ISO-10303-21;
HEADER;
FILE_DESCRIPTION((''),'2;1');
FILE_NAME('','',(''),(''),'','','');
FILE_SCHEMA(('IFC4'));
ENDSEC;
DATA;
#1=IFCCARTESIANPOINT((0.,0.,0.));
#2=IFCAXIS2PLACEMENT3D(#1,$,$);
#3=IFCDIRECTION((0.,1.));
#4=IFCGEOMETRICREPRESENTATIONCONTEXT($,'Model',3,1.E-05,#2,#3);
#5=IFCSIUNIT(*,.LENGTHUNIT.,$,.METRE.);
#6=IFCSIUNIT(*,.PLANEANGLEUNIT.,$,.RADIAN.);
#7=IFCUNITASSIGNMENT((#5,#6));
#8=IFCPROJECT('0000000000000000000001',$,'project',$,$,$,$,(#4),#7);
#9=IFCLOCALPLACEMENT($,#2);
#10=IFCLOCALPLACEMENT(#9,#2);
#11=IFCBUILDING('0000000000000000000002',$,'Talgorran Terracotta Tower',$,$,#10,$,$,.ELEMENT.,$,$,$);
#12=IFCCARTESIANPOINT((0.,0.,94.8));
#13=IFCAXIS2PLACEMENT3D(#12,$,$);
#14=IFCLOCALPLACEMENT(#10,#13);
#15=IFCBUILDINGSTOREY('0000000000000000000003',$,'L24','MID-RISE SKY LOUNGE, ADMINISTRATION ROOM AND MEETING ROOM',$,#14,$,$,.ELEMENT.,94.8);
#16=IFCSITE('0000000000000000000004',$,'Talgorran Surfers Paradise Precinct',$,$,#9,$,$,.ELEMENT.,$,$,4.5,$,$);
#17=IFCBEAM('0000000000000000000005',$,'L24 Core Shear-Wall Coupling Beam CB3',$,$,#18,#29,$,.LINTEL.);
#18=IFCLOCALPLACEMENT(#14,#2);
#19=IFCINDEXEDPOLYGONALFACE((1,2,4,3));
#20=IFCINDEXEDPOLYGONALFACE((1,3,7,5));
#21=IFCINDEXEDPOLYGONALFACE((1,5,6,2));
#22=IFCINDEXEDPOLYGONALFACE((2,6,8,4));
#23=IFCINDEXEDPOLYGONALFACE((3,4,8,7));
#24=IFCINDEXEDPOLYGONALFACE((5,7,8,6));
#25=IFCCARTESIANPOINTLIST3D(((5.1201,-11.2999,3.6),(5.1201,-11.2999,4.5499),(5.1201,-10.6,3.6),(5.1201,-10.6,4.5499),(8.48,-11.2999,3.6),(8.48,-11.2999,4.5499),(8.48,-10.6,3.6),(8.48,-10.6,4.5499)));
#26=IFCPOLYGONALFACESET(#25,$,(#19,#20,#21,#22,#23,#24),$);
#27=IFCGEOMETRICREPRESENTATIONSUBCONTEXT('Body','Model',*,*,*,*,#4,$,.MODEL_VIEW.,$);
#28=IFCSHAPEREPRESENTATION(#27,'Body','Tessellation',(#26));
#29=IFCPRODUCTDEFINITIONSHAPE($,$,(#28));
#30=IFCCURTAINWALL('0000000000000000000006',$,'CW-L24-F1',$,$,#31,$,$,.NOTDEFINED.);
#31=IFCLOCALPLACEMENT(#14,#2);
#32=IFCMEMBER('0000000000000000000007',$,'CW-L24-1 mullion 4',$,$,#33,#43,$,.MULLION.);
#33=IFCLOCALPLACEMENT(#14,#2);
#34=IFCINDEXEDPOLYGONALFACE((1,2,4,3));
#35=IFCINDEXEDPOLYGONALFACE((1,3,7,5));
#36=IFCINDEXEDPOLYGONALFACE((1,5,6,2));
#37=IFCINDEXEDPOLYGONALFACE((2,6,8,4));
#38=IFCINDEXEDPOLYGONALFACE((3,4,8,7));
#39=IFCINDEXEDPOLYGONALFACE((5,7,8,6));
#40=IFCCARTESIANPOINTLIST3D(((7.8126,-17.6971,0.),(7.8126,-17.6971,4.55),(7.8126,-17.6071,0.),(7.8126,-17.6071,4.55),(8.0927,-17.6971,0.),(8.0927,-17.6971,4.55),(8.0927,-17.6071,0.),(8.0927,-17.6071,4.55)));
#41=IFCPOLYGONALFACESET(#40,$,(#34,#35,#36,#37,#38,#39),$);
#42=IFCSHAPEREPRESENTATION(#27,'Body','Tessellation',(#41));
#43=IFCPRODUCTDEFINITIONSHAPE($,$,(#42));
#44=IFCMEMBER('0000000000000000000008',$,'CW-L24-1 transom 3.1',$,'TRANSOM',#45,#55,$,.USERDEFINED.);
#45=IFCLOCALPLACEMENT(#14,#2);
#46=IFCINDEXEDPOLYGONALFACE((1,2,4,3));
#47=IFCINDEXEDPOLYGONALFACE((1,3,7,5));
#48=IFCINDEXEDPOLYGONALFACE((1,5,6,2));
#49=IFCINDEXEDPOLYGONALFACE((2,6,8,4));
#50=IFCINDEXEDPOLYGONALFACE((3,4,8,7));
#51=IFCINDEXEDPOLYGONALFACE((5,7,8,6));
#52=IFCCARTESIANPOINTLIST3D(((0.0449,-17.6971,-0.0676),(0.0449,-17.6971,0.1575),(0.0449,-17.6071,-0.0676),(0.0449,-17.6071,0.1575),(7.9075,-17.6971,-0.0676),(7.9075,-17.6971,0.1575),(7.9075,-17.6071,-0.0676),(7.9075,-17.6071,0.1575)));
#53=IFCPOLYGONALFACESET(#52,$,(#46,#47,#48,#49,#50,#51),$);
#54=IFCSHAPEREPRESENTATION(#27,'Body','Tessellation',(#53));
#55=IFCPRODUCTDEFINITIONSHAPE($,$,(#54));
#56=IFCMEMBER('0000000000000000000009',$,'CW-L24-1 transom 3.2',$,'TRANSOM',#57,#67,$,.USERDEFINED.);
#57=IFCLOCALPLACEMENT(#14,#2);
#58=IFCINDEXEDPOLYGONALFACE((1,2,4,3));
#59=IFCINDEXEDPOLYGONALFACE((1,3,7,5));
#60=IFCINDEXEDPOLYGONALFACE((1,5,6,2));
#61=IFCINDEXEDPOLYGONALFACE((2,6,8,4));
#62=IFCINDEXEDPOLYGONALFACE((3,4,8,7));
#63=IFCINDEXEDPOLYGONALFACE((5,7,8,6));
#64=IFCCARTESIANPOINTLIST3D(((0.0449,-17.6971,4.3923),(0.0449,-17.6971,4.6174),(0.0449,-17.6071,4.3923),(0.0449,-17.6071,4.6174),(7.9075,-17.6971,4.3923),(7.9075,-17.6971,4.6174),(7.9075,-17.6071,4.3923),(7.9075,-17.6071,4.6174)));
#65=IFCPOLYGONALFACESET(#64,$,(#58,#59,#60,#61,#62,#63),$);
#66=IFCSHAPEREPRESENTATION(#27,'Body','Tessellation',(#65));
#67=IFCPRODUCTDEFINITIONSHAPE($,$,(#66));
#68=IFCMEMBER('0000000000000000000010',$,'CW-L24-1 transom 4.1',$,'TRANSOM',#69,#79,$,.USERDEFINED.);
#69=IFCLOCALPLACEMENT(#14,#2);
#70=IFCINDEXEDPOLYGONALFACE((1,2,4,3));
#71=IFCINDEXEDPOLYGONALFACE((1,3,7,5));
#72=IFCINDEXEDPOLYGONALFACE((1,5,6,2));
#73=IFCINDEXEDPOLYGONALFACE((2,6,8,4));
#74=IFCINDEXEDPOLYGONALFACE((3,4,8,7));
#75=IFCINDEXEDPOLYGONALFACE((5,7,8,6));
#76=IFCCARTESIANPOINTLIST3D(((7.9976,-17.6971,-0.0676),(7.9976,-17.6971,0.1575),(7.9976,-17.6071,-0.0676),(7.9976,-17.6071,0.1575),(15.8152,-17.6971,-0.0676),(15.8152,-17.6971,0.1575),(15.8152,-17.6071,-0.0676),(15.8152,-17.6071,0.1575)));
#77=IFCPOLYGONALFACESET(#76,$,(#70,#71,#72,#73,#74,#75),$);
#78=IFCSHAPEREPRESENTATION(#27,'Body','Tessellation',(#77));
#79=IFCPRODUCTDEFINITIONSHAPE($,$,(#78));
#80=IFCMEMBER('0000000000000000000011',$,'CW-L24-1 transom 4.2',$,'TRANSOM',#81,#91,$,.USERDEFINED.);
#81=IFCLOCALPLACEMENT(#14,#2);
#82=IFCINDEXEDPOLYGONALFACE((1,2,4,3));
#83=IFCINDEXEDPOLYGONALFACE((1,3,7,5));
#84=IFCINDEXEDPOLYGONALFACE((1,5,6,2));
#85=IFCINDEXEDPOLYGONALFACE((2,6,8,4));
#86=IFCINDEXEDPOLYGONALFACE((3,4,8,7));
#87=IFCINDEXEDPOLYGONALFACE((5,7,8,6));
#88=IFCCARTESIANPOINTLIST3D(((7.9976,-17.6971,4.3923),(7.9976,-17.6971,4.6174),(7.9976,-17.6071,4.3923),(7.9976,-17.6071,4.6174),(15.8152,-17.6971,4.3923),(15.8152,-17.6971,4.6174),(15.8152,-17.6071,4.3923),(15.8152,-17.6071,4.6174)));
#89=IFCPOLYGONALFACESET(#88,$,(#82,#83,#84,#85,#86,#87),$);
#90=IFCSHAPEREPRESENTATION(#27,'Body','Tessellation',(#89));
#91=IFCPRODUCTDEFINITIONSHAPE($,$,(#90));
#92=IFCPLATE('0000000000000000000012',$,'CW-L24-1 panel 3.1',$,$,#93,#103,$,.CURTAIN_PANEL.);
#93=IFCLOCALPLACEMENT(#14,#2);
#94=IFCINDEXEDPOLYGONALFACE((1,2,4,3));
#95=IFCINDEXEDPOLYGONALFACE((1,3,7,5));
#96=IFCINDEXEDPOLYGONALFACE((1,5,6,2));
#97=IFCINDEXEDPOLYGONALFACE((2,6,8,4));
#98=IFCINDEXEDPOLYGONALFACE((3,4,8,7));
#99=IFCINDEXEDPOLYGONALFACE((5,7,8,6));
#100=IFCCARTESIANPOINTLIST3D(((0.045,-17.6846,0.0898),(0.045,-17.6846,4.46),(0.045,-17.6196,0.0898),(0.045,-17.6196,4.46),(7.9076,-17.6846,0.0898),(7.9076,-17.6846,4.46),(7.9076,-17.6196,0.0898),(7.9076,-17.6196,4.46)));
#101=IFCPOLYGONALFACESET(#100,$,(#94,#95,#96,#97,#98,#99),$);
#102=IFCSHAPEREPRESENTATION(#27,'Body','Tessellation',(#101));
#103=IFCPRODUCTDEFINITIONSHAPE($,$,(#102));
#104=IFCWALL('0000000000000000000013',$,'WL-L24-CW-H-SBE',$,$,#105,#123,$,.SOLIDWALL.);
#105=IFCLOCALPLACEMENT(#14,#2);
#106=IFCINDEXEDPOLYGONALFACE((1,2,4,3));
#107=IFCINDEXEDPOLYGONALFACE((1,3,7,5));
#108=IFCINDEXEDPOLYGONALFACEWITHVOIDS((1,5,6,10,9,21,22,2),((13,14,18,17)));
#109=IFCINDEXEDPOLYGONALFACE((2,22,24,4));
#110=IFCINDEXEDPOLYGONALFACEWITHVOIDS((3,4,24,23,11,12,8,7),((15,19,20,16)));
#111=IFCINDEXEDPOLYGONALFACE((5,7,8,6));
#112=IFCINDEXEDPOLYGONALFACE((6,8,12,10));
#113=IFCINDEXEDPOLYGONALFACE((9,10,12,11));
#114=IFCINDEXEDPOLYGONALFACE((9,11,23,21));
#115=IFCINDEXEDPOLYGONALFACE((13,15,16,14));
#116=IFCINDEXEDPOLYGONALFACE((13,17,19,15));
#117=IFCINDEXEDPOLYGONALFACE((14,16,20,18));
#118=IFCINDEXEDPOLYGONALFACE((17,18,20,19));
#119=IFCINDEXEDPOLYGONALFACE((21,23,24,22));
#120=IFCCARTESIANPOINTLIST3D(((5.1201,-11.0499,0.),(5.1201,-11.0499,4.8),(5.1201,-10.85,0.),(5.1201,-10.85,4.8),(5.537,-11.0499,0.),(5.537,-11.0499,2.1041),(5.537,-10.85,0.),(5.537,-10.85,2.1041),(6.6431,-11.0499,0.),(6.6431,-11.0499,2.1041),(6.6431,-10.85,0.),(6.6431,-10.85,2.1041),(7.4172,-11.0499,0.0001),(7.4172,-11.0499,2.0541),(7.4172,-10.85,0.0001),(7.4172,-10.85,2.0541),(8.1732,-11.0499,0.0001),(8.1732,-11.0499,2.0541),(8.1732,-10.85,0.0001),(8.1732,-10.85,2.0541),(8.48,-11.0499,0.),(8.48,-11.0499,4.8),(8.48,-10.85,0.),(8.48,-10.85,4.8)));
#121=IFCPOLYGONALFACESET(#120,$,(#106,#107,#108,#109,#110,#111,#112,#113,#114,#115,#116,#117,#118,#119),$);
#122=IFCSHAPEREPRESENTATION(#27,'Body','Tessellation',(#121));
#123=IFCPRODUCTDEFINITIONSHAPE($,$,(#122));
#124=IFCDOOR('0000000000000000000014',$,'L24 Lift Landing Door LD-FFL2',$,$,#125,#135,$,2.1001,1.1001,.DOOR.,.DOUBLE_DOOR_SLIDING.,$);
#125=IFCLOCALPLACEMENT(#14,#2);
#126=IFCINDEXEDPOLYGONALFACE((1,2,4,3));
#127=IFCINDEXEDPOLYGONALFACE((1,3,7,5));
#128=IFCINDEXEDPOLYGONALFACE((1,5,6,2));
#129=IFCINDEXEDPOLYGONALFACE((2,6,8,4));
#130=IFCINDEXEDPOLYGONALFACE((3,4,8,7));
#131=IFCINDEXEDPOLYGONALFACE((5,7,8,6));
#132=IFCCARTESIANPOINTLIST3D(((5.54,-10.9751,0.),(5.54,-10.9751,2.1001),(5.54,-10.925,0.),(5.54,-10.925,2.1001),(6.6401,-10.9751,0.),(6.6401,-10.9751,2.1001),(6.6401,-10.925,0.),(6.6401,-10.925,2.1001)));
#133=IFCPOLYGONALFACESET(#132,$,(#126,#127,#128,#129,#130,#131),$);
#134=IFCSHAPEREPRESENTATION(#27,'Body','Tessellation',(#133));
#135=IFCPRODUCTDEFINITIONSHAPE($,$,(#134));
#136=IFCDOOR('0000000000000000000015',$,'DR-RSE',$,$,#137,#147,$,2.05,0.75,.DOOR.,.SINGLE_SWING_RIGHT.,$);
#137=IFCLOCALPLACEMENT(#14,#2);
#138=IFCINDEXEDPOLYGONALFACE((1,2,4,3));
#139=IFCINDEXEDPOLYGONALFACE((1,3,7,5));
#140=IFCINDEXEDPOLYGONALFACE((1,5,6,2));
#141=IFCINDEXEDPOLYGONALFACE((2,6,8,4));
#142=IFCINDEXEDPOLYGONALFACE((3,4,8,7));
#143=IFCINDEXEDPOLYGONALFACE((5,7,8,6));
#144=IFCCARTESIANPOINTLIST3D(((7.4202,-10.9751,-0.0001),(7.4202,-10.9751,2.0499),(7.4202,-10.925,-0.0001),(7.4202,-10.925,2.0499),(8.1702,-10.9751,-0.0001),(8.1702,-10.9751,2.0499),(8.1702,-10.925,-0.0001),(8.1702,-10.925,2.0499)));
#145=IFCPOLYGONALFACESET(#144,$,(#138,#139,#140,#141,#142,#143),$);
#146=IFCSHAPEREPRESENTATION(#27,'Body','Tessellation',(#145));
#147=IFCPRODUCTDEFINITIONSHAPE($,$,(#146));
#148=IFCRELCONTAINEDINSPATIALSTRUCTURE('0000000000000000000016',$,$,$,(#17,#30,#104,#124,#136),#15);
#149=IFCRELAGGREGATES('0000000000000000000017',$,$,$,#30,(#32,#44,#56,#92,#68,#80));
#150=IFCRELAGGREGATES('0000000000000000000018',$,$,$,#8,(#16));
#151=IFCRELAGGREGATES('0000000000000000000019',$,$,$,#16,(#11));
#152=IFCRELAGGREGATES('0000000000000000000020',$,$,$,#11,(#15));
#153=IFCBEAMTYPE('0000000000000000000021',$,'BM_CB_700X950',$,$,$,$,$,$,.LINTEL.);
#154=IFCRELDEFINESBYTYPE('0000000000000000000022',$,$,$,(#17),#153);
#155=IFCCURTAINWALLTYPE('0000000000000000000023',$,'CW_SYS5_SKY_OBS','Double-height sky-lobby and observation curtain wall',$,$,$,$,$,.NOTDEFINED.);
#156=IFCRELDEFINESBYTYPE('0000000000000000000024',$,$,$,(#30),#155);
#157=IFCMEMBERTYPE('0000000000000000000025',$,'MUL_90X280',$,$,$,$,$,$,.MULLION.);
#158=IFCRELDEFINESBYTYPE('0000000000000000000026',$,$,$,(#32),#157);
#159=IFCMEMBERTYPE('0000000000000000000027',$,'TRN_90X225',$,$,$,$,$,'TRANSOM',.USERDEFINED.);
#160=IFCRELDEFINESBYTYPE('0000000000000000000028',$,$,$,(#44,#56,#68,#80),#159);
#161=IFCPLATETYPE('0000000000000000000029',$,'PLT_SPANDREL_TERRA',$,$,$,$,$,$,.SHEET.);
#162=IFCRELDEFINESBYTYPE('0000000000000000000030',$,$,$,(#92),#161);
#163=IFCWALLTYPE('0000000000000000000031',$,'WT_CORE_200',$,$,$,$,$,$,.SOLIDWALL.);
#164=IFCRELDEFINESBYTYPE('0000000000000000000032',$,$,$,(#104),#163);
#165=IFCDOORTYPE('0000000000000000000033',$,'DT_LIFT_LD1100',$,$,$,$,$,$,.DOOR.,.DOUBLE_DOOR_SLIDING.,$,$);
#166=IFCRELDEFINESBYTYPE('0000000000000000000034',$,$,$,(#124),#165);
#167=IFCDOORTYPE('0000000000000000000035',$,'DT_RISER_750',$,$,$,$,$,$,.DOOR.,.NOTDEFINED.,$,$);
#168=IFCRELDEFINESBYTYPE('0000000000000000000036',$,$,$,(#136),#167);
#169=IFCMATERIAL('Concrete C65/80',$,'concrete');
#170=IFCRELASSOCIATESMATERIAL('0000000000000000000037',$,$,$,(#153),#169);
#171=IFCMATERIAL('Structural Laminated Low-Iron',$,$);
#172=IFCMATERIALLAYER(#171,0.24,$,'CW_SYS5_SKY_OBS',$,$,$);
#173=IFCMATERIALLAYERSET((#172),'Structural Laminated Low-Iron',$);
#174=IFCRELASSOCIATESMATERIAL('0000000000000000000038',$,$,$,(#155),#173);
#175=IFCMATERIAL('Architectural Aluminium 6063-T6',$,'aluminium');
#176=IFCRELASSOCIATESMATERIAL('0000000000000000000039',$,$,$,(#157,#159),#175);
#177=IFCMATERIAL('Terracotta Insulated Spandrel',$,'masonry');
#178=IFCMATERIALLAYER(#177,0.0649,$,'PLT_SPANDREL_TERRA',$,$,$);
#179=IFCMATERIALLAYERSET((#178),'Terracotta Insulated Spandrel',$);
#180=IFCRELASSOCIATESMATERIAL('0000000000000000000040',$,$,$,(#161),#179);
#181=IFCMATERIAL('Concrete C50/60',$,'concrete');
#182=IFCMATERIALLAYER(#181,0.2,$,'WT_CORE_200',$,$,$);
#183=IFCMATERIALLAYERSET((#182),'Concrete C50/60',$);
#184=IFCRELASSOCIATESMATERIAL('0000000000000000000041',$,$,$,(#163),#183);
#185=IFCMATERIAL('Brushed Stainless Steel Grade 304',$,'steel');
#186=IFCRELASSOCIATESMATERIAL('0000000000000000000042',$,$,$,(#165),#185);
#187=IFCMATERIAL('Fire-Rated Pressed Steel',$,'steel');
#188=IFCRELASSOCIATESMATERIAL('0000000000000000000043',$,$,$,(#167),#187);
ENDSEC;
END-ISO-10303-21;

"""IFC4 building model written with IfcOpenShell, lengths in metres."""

from ifc_helpers import new_model, si_unit, direction, frame, frame_2d, origin, origin_2d, place, context, subcontext, project, spatial, rectangle, extrude, source, transform, mapped, material, layer, layer_set, material_profile, profile_set, type_object, type_shapes, element, fill, aggregate, save


model = new_model("IFC4")

# Units and contexts
model_context = context("Model", 3, precision=1e-05, world=origin(), true_north=direction((0.0, 1.0)))
body_context = subcontext(model_context, "Body", "Model", "MODEL_VIEW")
ifc_project = project(units=[si_unit("LENGTHUNIT", "METRE"), si_unit("PLANEANGLEUNIT", "RADIAN")], contexts=[model_context])

# Site, building, storey
site_placement = place(None, origin())
site = spatial("IfcSite", under=ifc_project, at=site_placement, Name="Talgorran Surfers Paradise Precinct", CompositionType="ELEMENT", RefElevation=4.5)
building_placement = place(site_placement, origin())
building = spatial("IfcBuilding", under=site, at=building_placement, Name="Talgorran Terracotta Tower", CompositionType="ELEMENT")
storey_placement = place(building_placement, frame((0.0, 0.0, 94.8)))
storey = spatial("IfcBuildingStorey", under=building, at=storey_placement, Name="L24", Description="MID-RISE SKY LOUNGE, ADMINISTRATION ROOM AND MEETING ROOM", CompositionType="ELEMENT", Elevation=94.8)

# Beam
ifc_material_1 = material(Name="Concrete C65/80", Category="concrete")
ifc_material_profile_1 = material_profile(ifc_material_1, rectangle(XDim=0.7, YDim=0.95, at=origin_2d()), Name="RCCB700X950")
ifc_profile_set_1 = profile_set([ifc_material_profile_1], Name="Concrete C65/80")
beam_type = type_object("IfcBeamType", Name="BM_CB_700X950", PredefinedType="LINTEL", material=ifc_profile_set_1)
beam_placement = place(storey_placement, frame((5.1201, -10.95, 4.075), z_axis=(1.0, 0.0, 0.0), x_axis=(0.0, 1.0, 0.0)))
element("IfcBeam", 1, at=beam_placement, inside=storey, type_object=beam_type, Name="L24 Core Shear-Wall Coupling Beam CB3", PredefinedType="LINTEL", context=body_context, shape_type="SweptSolid", body=[
    extrude(rectangle(XDim=0.7, YDim=0.95, at=origin_2d()), origin(), (0.0, 0.0, 1.0), 3.3599),
])

# Curtain wall, members, plate
ifc_material_2 = material(Name="Structural Laminated Low-Iron")
ifc_layer_1 = layer(ifc_material_2, 0.24, Name="CW_SYS5_SKY_OBS")
ifc_layer_set_1 = layer_set([ifc_layer_1], Name="Structural Laminated Low-Iron")
curtain_wall_type = type_object("IfcCurtainWallType", Name="CW_SYS5_SKY_OBS", Description="Double-height sky-lobby and observation curtain wall", PredefinedType="NOTDEFINED", material=ifc_layer_set_1)
curtain_wall_placement = place(storey_placement, origin())
curtain_wall = element("IfcCurtainWall", 2, at=curtain_wall_placement, inside=storey, type_object=curtain_wall_type, Name="CW-L24-F1", PredefinedType="NOTDEFINED")
ifc_material_3 = material(Name="Architectural Aluminium 6063-T6", Category="aluminium")
ifc_material_profile_2 = material_profile(ifc_material_3, rectangle(XDim=0.0901, YDim=0.28, at=origin_2d()), Name="CWM90X280")
ifc_profile_set_2 = profile_set([ifc_material_profile_2], Name="Architectural Aluminium 6063-T6")
member_type_1 = type_object("IfcMemberType", Name="MUL_90X280", PredefinedType="MULLION", material=ifc_profile_set_2)
member_1_placement = place(storey_placement, frame((7.9526, -17.6521, 0.0), z_axis=(0.0, 0.0, 1.0), x_axis=(0.0, 1.0, 0.0)))
member_1 = element("IfcMember", 3, at=member_1_placement, type_object=member_type_1, Name="CW-L24-1 mullion 4", PredefinedType="MULLION", context=body_context, shape_type="SweptSolid", body=[
    extrude(rectangle(XDim=0.0901, YDim=0.28, at=origin_2d()), origin(), (0.0, 0.0, 1.0), 4.55),
])
ifc_material_profile_3 = material_profile(ifc_material_3, rectangle(XDim=0.0901, YDim=0.2251, at=origin_2d()), Name="CWT90X225")
ifc_profile_set_3 = profile_set([ifc_material_profile_3], Name="Architectural Aluminium 6063-T6")
member_type_2 = type_object("IfcMemberType", Name="TRN_90X225", ElementType="TRANSOM", PredefinedType="USERDEFINED", material=ifc_profile_set_3)
member_2_placement = place(storey_placement, frame((0.0449, -17.6521, 0.0449), z_axis=(1.0, 0.0, 0.0), x_axis=(0.0, 1.0, 0.0)))
member_2 = element("IfcMember", 4, at=member_2_placement, type_object=member_type_2, Name="CW-L24-1 transom 3.1", ObjectType="TRANSOM", PredefinedType="USERDEFINED", context=body_context, shape_type="SweptSolid", body=[
    extrude(rectangle(XDim=0.0901, YDim=0.2251, at=origin_2d()), origin(), (0.0, 0.0, 1.0), 7.8625),
])
member_3_placement = place(storey_placement, frame((0.0449, -17.6521, 4.5049), z_axis=(1.0, 0.0, 0.0), x_axis=(0.0, 1.0, 0.0)))
member_3 = element("IfcMember", 5, at=member_3_placement, type_object=member_type_2, Name="CW-L24-1 transom 3.2", ObjectType="TRANSOM", PredefinedType="USERDEFINED", context=body_context, shape_type="SweptSolid", body=[
    extrude(rectangle(XDim=0.0901, YDim=0.2251, at=origin_2d()), origin(), (0.0, 0.0, 1.0), 7.8625),
])
member_4_placement = place(storey_placement, frame((7.9976, -17.6521, 0.0449), z_axis=(1.0, 0.0, 0.0), x_axis=(0.0, 1.0, 0.0)))
member_4 = element("IfcMember", 6, at=member_4_placement, type_object=member_type_2, Name="CW-L24-1 transom 4.1", ObjectType="TRANSOM", PredefinedType="USERDEFINED", context=body_context, shape_type="SweptSolid", body=[
    extrude(rectangle(XDim=0.0901, YDim=0.2251, at=origin_2d()), origin(), (0.0, 0.0, 1.0), 7.8176),
])
member_5_placement = place(storey_placement, frame((7.9976, -17.6521, 4.5049), z_axis=(1.0, 0.0, 0.0), x_axis=(0.0, 1.0, 0.0)))
member_5 = element("IfcMember", 7, at=member_5_placement, type_object=member_type_2, Name="CW-L24-1 transom 4.2", ObjectType="TRANSOM", PredefinedType="USERDEFINED", context=body_context, shape_type="SweptSolid", body=[
    extrude(rectangle(XDim=0.0901, YDim=0.2251, at=origin_2d()), origin(), (0.0, 0.0, 1.0), 7.8176),
])
ifc_material_4 = material(Name="Terracotta Insulated Spandrel", Category="masonry")
ifc_layer_2 = layer(ifc_material_4, 0.0649, Name="PLT_SPANDREL_TERRA")
ifc_layer_set_2 = layer_set([ifc_layer_2], Name="Terracotta Insulated Spandrel")
plate_type = type_object("IfcPlateType", Name="PLT_SPANDREL_TERRA", PredefinedType="SHEET", material=ifc_layer_set_2)
shared_shape = source(origin(), body_context, "Body", "SweptSolid", [
    extrude(rectangle(XDim=7.8625, YDim=0.0649, at=origin_2d()), origin(), (0.0, 0.0, 1.0), 4.3701),
])
type_shapes(plate_type, [shared_shape])
plate_placement = place(storey_placement, frame((3.9763, -17.6521, 0.0898), z_axis=(0.0, 0.0, 1.0), x_axis=(1.0, 0.0, 0.0)))
plate = element("IfcPlate", 8, at=plate_placement, type_object=plate_type, Name="CW-L24-1 panel 3.1", PredefinedType="CURTAIN_PANEL", context=body_context, shape_type="MappedRepresentation", body=[
    mapped(shared_shape, transform((0.0, 0.0, 0.0), scale=1.0)),
])
aggregate(curtain_wall, [member_1, member_2, member_3, plate, member_4, member_5])

# Wall, openings, doors
ifc_material_5 = material(Name="Concrete C50/60", Category="concrete")
ifc_layer_3 = layer(ifc_material_5, 0.2, Name="WT_CORE_200")
ifc_layer_set_3 = layer_set([ifc_layer_3], Name="Concrete C50/60")
wall_type_1 = type_object("IfcWallType", Name="WT_CORE_200", PredefinedType="SOLIDWALL", material=ifc_layer_set_3)
wall_1_placement = place(storey_placement, frame((5.1201, -10.95, 0.0), z_axis=(0.0, 0.0, 1.0), x_axis=(1.0, 0.0, 0.0)))
wall_1 = element("IfcWall", 9, at=wall_1_placement, inside=storey, type_object=wall_type_1, Name="WL-L24-CW-H-SBE", PredefinedType="SOLIDWALL", context=body_context, shape_type="SweptSolid", body=[
    extrude(rectangle(XDim=3.3599, YDim=0.2, at=frame_2d((1.6799, 0.0))), origin(), (0.0, 0.0, 1.0), 4.8),
])
opening_1_placement = place(wall_1_placement, frame((0.4199, 0.0, 0.0)))
opening_1 = element("IfcOpeningElement", 10, at=opening_1_placement, cuts=wall_1, PredefinedType="OPENING", context=body_context, shape_type="SweptSolid", body=[
    extrude(rectangle(XDim=1.1061, YDim=2.1041, at=frame_2d((0.55, 1.052))), frame((0.0, 0.1099, 0.0), z_axis=(0.0, -1.0, 0.0), x_axis=(1.0, 0.0, 0.0)), (0.0, 0.0, 1.0), 0.22),
])
opening_2_placement = place(wall_1_placement, frame((2.3, 0.0, 0.0)))
opening_2 = element("IfcOpeningElement", 11, at=opening_2_placement, cuts=wall_1, PredefinedType="OPENING", context=body_context, shape_type="SweptSolid", body=[
    extrude(rectangle(XDim=0.756, YDim=2.054, at=frame_2d((0.375, 1.0271))), frame((0.0, 0.1099, 0.0), z_axis=(0.0, -1.0, 0.0), x_axis=(1.0, 0.0, 0.0)), (0.0, 0.0, 1.0), 0.22),
])
ifc_material_6 = material(Name="Brushed Stainless Steel Grade 304", Category="steel")
door_type_1 = type_object("IfcDoorType", Name="DT_LIFT_LD1100", OperationType="DOUBLE_DOOR_SLIDING", PredefinedType="DOOR", material=ifc_material_6)
door_1_placement = place(opening_1_placement, origin())
door_1 = element("IfcDoor", 12, at=door_1_placement, inside=storey, type_object=door_type_1, Name="L24 Lift Landing Door LD-FFL2", OperationType="DOUBLE_DOOR_SLIDING", OverallHeight=2.1001, OverallWidth=1.1001, PredefinedType="DOOR", context=body_context, shape_type="SweptSolid", body=[
    extrude(rectangle(XDim=1.1001, YDim=2.1001, at=frame_2d((0.55, 1.05))), frame((0.0, 0.0249, 0.0), z_axis=(0.0, -1.0, 0.0), x_axis=(1.0, 0.0, 0.0)), (0.0, 0.0, 1.0), 0.05),
])
fill(opening_1, door_1)
ifc_material_7 = material(Name="Fire-Rated Pressed Steel", Category="steel")
door_type_2 = type_object("IfcDoorType", Name="DT_RISER_750", OperationType="NOTDEFINED", PredefinedType="DOOR", material=ifc_material_7)
door_2_placement = place(opening_2_placement, origin())
door_2 = element("IfcDoor", 13, at=door_2_placement, inside=storey, type_object=door_type_2, Name="DR-RSE", OperationType="SINGLE_SWING_RIGHT", OverallHeight=2.05, OverallWidth=0.75, PredefinedType="DOOR", context=body_context, shape_type="SweptSolid", body=[
    extrude(rectangle(XDim=0.75, YDim=2.05, at=frame_2d((0.375, 1.0249))), frame((0.0, 0.0249, 0.0), z_axis=(0.0, -1.0, 0.0), x_axis=(1.0, 0.0, 0.0)), (0.0, 0.0, 1.0), 0.05),
])
fill(opening_2, door_2)

save(model, "model.ifc")
